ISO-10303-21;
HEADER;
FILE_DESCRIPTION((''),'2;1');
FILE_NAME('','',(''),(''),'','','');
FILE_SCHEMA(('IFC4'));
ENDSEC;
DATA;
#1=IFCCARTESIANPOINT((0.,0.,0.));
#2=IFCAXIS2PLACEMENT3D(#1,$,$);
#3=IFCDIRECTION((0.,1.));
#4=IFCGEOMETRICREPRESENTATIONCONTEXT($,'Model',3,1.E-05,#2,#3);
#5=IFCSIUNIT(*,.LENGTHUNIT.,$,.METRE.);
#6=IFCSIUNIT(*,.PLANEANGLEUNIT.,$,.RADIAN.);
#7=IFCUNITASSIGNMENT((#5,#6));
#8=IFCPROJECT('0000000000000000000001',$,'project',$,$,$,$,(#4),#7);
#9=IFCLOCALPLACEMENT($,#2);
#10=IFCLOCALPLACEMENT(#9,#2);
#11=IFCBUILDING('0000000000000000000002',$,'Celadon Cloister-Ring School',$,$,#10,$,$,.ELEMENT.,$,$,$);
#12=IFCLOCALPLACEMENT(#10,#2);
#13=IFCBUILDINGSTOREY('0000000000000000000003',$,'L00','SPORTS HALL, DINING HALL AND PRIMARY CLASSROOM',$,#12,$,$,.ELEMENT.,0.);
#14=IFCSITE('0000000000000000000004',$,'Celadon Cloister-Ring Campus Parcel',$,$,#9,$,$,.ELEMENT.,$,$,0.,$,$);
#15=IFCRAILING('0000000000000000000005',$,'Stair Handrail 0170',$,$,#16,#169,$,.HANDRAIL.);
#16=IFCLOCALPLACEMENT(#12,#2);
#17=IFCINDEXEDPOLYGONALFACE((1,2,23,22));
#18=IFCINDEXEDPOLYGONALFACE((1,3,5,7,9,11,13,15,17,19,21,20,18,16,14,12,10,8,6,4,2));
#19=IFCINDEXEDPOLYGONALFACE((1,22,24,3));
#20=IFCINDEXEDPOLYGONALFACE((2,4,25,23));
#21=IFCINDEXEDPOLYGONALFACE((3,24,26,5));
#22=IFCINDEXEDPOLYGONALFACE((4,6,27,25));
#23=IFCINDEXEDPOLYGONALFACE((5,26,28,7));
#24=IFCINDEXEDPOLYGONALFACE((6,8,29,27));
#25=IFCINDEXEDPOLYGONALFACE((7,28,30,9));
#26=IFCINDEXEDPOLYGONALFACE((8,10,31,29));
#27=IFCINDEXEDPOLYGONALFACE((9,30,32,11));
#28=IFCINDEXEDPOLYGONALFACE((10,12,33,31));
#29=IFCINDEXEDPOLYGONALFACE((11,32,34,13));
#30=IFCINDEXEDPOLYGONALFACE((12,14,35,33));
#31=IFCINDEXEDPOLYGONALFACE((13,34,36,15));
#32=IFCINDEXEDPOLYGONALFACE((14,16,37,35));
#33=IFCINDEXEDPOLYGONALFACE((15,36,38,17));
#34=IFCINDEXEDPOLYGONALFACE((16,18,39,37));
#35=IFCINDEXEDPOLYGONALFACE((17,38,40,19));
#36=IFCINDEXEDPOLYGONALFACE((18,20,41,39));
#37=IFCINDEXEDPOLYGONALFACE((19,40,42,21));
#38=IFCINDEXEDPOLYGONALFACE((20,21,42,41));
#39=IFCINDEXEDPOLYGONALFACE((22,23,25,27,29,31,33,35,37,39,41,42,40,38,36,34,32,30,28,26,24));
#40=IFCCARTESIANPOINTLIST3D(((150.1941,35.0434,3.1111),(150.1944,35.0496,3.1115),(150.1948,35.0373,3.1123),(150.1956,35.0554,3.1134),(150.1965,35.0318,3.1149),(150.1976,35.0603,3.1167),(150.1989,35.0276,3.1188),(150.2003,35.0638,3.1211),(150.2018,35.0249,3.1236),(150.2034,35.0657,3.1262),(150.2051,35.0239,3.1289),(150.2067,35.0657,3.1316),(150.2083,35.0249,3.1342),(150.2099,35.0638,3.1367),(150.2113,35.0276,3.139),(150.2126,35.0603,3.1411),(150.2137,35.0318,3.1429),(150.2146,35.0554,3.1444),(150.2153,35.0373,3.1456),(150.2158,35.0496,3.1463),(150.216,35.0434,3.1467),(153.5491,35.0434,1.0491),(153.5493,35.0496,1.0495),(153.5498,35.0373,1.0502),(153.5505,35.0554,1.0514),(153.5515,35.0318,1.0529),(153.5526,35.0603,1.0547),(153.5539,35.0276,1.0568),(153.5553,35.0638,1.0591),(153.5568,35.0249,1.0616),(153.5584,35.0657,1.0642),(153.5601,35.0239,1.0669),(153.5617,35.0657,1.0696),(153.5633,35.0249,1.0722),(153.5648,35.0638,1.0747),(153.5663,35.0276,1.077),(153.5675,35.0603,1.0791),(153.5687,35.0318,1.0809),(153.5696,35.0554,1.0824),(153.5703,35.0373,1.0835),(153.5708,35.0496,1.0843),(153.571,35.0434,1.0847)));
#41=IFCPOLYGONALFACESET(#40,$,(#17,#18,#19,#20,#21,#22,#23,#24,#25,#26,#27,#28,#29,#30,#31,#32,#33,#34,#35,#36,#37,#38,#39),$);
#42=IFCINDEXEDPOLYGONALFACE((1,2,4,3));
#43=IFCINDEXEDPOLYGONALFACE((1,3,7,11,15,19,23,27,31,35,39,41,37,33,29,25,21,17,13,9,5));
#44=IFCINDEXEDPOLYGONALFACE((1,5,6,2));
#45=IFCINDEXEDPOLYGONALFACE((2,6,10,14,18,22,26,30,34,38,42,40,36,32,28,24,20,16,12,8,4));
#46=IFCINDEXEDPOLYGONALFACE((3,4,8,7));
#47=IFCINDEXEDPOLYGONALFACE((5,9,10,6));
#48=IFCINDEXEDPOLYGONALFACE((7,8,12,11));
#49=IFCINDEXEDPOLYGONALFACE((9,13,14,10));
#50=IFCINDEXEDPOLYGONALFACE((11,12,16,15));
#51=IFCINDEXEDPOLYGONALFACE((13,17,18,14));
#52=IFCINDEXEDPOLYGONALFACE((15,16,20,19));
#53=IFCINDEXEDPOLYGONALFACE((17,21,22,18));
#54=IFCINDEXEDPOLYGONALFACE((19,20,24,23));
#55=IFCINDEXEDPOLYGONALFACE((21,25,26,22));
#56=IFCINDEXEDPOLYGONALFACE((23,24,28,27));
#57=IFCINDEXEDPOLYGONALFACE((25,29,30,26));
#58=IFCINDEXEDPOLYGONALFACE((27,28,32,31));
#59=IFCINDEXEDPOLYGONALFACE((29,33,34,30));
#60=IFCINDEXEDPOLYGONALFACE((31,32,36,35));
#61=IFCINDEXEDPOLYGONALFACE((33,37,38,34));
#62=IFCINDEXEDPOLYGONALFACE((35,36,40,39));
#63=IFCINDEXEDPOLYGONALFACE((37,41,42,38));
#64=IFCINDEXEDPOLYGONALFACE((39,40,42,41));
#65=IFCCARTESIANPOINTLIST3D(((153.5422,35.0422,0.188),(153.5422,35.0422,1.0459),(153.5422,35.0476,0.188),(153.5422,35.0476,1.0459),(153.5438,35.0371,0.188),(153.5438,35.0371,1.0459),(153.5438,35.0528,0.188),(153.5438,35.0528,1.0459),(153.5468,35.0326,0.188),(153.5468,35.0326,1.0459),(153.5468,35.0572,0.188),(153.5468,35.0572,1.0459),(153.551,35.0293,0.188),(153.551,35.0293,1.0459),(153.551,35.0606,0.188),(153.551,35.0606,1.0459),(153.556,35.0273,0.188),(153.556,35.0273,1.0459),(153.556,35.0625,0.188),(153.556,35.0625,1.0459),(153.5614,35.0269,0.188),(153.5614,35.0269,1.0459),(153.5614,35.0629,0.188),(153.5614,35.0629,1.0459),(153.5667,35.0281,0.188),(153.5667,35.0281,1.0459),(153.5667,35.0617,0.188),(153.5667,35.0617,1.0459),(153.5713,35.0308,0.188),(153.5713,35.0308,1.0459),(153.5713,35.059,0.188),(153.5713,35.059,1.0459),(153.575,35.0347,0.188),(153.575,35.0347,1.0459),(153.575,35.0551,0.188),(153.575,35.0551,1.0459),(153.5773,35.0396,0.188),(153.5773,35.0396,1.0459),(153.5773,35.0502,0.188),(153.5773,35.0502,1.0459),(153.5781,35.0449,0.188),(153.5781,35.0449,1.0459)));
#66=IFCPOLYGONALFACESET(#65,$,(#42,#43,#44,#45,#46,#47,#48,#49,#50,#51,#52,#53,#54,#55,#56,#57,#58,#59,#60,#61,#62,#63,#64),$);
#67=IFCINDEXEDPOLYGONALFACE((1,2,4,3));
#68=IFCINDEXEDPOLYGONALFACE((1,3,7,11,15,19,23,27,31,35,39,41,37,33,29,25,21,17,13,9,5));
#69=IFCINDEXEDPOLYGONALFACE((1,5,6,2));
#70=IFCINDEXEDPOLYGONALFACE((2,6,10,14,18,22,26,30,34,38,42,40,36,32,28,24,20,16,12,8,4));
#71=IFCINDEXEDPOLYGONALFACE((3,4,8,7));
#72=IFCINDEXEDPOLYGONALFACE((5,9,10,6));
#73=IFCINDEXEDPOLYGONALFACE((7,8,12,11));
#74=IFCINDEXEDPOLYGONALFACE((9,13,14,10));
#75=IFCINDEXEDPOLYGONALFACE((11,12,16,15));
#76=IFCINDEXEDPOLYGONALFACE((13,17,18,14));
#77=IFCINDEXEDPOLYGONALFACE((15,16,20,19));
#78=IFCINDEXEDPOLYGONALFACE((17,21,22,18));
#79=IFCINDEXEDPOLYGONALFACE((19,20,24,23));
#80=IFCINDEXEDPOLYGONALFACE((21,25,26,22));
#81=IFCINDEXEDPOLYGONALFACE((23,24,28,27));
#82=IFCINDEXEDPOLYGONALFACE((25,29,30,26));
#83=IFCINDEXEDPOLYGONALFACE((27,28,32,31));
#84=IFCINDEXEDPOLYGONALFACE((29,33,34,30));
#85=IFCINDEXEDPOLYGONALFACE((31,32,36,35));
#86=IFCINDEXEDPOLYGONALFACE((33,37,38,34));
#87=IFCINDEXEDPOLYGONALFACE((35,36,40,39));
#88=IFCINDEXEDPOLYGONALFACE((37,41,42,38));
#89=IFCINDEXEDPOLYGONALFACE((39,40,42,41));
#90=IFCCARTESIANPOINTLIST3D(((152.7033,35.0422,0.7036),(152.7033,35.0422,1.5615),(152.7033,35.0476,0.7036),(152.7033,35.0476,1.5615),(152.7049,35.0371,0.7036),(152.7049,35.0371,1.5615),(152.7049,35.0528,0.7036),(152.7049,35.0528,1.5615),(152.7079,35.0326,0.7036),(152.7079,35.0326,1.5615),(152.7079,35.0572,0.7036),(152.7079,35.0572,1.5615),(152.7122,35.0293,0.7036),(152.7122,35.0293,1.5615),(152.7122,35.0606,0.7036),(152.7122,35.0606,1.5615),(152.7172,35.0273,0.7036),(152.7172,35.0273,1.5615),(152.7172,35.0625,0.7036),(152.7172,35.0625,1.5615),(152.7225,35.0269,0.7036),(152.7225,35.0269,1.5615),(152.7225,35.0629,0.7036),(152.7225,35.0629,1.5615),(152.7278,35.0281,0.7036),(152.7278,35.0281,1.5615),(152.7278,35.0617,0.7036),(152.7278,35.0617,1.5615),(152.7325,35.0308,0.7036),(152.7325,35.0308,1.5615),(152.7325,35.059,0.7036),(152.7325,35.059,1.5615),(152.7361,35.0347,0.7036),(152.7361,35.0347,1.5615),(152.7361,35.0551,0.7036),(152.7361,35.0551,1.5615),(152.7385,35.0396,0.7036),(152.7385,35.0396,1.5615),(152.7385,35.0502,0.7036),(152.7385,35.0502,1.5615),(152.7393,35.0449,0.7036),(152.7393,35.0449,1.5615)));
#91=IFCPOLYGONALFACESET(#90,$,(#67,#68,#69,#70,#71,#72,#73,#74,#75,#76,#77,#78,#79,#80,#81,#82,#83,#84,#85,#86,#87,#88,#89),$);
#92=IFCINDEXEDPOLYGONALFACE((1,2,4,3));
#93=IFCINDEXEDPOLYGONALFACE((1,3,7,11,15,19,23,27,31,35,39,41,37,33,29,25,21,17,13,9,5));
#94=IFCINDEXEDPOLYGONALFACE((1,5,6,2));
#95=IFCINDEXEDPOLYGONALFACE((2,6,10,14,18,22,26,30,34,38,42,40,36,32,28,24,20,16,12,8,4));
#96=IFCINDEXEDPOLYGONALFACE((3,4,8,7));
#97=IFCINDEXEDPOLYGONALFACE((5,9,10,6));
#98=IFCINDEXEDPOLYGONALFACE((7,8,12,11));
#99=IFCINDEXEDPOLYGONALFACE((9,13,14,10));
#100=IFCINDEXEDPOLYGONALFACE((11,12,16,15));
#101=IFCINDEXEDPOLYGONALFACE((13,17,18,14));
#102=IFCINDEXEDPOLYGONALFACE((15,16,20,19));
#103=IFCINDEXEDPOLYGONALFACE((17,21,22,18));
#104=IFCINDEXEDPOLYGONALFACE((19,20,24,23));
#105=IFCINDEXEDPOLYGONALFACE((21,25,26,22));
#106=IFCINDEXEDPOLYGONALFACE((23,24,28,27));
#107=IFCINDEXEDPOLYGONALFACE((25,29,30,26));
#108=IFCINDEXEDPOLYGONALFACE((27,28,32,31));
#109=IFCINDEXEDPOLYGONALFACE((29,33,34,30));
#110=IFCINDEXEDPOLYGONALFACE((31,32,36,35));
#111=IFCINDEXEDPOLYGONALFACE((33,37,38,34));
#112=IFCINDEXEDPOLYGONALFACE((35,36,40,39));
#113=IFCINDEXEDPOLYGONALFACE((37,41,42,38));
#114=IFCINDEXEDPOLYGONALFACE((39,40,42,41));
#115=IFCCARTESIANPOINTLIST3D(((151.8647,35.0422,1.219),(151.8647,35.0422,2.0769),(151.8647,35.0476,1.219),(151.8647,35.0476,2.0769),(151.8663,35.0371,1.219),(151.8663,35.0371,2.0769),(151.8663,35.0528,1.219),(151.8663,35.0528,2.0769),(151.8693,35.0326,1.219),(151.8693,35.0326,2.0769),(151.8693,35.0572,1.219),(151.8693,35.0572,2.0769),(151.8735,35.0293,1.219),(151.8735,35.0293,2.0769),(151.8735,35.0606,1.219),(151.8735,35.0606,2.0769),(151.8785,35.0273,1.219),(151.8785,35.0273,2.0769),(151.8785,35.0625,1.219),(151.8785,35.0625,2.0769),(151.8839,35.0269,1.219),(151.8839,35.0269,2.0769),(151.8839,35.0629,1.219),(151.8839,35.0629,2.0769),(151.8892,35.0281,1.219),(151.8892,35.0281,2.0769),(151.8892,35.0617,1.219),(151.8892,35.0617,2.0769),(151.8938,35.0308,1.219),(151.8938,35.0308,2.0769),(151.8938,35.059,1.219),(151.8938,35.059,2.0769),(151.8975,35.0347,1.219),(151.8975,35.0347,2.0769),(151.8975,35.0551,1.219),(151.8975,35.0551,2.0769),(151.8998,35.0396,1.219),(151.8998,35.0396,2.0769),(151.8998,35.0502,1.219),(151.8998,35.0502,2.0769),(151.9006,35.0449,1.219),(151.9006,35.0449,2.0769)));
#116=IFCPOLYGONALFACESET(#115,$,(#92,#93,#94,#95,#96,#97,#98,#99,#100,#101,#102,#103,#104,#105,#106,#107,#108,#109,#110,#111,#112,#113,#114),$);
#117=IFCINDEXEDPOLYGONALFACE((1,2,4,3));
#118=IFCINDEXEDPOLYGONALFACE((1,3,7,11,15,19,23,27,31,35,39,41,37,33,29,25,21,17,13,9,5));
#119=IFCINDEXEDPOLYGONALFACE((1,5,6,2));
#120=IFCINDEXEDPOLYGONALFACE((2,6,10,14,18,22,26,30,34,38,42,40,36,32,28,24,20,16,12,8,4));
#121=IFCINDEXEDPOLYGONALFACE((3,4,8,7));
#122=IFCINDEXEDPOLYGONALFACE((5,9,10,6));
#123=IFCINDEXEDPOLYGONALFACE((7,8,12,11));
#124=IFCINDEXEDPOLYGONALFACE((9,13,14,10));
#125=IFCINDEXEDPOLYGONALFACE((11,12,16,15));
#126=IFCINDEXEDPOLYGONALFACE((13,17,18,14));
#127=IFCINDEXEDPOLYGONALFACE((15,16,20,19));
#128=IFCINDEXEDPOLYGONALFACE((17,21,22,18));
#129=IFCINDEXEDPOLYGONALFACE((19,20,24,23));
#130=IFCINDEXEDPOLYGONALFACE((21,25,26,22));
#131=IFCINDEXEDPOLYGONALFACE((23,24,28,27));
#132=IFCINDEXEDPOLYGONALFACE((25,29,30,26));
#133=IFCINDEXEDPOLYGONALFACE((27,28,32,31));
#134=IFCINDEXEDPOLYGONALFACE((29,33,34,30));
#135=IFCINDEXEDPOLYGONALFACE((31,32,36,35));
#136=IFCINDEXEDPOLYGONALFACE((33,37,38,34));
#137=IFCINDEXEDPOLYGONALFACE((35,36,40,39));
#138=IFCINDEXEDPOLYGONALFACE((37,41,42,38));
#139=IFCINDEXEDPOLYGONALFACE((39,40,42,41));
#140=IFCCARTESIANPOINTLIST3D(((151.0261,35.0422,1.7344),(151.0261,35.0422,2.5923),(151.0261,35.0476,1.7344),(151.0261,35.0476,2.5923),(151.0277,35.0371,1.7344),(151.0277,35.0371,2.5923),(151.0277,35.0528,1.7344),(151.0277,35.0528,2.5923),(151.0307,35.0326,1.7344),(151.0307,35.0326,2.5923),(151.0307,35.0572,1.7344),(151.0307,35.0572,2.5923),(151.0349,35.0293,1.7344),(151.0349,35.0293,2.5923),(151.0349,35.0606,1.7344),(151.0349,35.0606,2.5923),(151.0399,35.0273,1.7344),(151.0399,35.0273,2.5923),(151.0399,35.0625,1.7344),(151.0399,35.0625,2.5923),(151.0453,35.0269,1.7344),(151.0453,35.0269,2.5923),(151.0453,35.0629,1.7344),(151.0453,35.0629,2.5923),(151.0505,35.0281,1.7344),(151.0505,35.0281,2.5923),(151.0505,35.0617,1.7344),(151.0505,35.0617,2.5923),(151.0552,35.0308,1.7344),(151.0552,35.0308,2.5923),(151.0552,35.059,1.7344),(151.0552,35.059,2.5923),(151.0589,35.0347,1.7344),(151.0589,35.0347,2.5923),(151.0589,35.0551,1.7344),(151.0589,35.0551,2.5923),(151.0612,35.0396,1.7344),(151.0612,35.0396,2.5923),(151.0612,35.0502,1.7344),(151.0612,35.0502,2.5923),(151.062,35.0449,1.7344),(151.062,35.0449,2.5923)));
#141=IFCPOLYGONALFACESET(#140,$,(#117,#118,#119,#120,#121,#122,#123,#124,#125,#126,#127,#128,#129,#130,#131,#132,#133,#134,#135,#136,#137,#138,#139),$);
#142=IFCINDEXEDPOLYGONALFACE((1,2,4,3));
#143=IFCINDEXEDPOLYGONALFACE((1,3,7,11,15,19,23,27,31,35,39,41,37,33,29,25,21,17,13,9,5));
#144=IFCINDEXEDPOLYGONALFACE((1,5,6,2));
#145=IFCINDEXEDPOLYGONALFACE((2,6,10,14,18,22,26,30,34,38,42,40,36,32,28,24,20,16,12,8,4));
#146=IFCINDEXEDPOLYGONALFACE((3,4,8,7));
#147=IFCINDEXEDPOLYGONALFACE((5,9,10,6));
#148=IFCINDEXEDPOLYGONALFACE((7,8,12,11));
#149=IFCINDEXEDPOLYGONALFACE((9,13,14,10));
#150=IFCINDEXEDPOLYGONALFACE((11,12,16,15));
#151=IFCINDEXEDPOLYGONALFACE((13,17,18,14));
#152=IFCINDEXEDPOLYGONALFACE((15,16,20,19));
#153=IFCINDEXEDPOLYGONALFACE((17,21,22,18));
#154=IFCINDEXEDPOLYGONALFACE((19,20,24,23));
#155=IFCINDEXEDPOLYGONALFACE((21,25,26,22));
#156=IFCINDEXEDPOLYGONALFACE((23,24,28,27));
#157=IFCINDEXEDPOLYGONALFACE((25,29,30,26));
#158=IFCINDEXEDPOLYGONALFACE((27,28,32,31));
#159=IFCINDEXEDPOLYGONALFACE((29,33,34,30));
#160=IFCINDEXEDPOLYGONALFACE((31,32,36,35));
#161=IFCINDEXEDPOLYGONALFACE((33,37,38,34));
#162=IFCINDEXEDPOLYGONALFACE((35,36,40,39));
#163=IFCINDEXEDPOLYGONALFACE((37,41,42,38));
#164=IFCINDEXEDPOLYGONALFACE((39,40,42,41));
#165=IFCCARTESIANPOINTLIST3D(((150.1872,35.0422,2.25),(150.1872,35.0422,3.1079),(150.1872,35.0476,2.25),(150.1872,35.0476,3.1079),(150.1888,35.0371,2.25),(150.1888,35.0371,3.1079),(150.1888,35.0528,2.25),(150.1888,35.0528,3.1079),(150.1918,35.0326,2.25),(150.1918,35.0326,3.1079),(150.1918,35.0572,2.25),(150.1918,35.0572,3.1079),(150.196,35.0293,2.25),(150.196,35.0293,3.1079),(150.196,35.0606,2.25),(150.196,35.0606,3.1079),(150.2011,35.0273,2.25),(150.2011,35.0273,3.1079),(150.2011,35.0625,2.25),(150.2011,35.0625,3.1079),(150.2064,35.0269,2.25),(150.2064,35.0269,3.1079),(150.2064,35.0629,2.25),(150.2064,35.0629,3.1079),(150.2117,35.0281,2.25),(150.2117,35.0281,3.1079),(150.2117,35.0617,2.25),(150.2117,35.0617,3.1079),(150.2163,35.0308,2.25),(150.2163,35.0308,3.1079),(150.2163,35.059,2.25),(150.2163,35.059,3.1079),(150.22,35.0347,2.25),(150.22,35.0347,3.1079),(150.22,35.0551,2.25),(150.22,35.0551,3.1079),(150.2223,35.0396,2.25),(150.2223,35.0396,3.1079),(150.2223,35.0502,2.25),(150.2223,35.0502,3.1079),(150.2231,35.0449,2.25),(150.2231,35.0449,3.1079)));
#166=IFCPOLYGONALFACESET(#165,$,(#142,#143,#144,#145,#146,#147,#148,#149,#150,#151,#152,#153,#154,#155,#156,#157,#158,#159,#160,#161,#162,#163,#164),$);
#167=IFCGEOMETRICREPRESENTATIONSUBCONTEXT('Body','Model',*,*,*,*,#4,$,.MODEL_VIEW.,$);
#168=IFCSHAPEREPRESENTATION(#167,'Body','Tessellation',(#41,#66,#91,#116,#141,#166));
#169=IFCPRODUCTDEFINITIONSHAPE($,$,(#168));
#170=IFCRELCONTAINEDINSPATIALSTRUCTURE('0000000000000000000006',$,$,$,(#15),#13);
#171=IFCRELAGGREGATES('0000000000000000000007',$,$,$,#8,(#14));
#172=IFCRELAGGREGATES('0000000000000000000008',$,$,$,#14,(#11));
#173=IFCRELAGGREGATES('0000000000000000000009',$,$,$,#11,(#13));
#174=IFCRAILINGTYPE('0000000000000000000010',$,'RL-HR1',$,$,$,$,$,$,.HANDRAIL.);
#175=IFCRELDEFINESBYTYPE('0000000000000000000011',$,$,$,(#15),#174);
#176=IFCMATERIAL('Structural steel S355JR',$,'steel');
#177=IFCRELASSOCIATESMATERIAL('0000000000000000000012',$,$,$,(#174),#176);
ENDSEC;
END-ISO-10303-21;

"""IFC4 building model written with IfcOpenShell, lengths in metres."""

from ifc_helpers import new_model, si_unit, direction, frame, origin, origin_2d, place, context, subcontext, project, spatial, circle, extrude, material, type_object, element, save


model = new_model("IFC4")

# Units and contexts
model_context = context("Model", 3, precision=1e-05, world=origin(), true_north=direction((0.0, 1.0)))
body_context = subcontext(model_context, "Body", "Model", "MODEL_VIEW")
ifc_project = project(units=[si_unit("LENGTHUNIT", "METRE"), si_unit("PLANEANGLEUNIT", "RADIAN")], contexts=[model_context])

# Site, building, storey
site_placement = place(None, origin())
site = spatial("IfcSite", under=ifc_project, at=site_placement, Name="Celadon Cloister-Ring Campus Parcel", CompositionType="ELEMENT", RefElevation=0.0)
building_placement = place(site_placement, origin())
building = spatial("IfcBuilding", under=site, at=building_placement, Name="Celadon Cloister-Ring School", CompositionType="ELEMENT")
storey_placement = place(building_placement, origin())
storey = spatial("IfcBuildingStorey", under=building, at=storey_placement, Name="L00", Description="SPORTS HALL, DINING HALL AND PRIMARY CLASSROOM", CompositionType="ELEMENT", Elevation=0.0)

# Railing
ifc_material_1 = material(Name="Structural steel S355JR", Category="steel")
railing_type_1 = type_object("IfcRailingType", Name="RL-HR1", PredefinedType="HANDRAIL", material=ifc_material_1)
railing_1_placement = place(storey_placement, frame((153.5601, 35.0449, 0.188)))
element("IfcRailing", 1, at=railing_1_placement, inside=storey, type_object=railing_type_1, Name="Stair Handrail 0170", PredefinedType="HANDRAIL", context=body_context, shape_type="SweptSolid", body=[
    extrude(circle(Radius=0.021, at=origin_2d()), frame((0.0, 0.0, 0.8789), z_axis=(-0.851952, 0.0, 0.52362), x_axis=(0.0, -1.0, 0.0)), (0.0, 0.0, 1.0), 3.938),
    extrude(circle(Radius=0.0181, at=origin_2d()), origin(), (0.0, 0.0, 1.0), 0.8579),
    extrude(circle(Radius=0.0181, at=origin_2d()), frame((-0.8389, 0.0, 0.5156)), (0.0, 0.0, 1.0), 0.8579),
    extrude(circle(Radius=0.0181, at=origin_2d()), frame((-1.6775, 0.0, 1.031)), (0.0, 0.0, 1.0), 0.8579),
    extrude(circle(Radius=0.0181, at=origin_2d()), frame((-2.5161, 0.0, 1.5464)), (0.0, 0.0, 1.0), 0.8579),
    extrude(circle(Radius=0.0181, at=origin_2d()), frame((-3.355, 0.0, 2.062)), (0.0, 0.0, 1.0), 0.8579),
])

save(model, "model.ifc")
